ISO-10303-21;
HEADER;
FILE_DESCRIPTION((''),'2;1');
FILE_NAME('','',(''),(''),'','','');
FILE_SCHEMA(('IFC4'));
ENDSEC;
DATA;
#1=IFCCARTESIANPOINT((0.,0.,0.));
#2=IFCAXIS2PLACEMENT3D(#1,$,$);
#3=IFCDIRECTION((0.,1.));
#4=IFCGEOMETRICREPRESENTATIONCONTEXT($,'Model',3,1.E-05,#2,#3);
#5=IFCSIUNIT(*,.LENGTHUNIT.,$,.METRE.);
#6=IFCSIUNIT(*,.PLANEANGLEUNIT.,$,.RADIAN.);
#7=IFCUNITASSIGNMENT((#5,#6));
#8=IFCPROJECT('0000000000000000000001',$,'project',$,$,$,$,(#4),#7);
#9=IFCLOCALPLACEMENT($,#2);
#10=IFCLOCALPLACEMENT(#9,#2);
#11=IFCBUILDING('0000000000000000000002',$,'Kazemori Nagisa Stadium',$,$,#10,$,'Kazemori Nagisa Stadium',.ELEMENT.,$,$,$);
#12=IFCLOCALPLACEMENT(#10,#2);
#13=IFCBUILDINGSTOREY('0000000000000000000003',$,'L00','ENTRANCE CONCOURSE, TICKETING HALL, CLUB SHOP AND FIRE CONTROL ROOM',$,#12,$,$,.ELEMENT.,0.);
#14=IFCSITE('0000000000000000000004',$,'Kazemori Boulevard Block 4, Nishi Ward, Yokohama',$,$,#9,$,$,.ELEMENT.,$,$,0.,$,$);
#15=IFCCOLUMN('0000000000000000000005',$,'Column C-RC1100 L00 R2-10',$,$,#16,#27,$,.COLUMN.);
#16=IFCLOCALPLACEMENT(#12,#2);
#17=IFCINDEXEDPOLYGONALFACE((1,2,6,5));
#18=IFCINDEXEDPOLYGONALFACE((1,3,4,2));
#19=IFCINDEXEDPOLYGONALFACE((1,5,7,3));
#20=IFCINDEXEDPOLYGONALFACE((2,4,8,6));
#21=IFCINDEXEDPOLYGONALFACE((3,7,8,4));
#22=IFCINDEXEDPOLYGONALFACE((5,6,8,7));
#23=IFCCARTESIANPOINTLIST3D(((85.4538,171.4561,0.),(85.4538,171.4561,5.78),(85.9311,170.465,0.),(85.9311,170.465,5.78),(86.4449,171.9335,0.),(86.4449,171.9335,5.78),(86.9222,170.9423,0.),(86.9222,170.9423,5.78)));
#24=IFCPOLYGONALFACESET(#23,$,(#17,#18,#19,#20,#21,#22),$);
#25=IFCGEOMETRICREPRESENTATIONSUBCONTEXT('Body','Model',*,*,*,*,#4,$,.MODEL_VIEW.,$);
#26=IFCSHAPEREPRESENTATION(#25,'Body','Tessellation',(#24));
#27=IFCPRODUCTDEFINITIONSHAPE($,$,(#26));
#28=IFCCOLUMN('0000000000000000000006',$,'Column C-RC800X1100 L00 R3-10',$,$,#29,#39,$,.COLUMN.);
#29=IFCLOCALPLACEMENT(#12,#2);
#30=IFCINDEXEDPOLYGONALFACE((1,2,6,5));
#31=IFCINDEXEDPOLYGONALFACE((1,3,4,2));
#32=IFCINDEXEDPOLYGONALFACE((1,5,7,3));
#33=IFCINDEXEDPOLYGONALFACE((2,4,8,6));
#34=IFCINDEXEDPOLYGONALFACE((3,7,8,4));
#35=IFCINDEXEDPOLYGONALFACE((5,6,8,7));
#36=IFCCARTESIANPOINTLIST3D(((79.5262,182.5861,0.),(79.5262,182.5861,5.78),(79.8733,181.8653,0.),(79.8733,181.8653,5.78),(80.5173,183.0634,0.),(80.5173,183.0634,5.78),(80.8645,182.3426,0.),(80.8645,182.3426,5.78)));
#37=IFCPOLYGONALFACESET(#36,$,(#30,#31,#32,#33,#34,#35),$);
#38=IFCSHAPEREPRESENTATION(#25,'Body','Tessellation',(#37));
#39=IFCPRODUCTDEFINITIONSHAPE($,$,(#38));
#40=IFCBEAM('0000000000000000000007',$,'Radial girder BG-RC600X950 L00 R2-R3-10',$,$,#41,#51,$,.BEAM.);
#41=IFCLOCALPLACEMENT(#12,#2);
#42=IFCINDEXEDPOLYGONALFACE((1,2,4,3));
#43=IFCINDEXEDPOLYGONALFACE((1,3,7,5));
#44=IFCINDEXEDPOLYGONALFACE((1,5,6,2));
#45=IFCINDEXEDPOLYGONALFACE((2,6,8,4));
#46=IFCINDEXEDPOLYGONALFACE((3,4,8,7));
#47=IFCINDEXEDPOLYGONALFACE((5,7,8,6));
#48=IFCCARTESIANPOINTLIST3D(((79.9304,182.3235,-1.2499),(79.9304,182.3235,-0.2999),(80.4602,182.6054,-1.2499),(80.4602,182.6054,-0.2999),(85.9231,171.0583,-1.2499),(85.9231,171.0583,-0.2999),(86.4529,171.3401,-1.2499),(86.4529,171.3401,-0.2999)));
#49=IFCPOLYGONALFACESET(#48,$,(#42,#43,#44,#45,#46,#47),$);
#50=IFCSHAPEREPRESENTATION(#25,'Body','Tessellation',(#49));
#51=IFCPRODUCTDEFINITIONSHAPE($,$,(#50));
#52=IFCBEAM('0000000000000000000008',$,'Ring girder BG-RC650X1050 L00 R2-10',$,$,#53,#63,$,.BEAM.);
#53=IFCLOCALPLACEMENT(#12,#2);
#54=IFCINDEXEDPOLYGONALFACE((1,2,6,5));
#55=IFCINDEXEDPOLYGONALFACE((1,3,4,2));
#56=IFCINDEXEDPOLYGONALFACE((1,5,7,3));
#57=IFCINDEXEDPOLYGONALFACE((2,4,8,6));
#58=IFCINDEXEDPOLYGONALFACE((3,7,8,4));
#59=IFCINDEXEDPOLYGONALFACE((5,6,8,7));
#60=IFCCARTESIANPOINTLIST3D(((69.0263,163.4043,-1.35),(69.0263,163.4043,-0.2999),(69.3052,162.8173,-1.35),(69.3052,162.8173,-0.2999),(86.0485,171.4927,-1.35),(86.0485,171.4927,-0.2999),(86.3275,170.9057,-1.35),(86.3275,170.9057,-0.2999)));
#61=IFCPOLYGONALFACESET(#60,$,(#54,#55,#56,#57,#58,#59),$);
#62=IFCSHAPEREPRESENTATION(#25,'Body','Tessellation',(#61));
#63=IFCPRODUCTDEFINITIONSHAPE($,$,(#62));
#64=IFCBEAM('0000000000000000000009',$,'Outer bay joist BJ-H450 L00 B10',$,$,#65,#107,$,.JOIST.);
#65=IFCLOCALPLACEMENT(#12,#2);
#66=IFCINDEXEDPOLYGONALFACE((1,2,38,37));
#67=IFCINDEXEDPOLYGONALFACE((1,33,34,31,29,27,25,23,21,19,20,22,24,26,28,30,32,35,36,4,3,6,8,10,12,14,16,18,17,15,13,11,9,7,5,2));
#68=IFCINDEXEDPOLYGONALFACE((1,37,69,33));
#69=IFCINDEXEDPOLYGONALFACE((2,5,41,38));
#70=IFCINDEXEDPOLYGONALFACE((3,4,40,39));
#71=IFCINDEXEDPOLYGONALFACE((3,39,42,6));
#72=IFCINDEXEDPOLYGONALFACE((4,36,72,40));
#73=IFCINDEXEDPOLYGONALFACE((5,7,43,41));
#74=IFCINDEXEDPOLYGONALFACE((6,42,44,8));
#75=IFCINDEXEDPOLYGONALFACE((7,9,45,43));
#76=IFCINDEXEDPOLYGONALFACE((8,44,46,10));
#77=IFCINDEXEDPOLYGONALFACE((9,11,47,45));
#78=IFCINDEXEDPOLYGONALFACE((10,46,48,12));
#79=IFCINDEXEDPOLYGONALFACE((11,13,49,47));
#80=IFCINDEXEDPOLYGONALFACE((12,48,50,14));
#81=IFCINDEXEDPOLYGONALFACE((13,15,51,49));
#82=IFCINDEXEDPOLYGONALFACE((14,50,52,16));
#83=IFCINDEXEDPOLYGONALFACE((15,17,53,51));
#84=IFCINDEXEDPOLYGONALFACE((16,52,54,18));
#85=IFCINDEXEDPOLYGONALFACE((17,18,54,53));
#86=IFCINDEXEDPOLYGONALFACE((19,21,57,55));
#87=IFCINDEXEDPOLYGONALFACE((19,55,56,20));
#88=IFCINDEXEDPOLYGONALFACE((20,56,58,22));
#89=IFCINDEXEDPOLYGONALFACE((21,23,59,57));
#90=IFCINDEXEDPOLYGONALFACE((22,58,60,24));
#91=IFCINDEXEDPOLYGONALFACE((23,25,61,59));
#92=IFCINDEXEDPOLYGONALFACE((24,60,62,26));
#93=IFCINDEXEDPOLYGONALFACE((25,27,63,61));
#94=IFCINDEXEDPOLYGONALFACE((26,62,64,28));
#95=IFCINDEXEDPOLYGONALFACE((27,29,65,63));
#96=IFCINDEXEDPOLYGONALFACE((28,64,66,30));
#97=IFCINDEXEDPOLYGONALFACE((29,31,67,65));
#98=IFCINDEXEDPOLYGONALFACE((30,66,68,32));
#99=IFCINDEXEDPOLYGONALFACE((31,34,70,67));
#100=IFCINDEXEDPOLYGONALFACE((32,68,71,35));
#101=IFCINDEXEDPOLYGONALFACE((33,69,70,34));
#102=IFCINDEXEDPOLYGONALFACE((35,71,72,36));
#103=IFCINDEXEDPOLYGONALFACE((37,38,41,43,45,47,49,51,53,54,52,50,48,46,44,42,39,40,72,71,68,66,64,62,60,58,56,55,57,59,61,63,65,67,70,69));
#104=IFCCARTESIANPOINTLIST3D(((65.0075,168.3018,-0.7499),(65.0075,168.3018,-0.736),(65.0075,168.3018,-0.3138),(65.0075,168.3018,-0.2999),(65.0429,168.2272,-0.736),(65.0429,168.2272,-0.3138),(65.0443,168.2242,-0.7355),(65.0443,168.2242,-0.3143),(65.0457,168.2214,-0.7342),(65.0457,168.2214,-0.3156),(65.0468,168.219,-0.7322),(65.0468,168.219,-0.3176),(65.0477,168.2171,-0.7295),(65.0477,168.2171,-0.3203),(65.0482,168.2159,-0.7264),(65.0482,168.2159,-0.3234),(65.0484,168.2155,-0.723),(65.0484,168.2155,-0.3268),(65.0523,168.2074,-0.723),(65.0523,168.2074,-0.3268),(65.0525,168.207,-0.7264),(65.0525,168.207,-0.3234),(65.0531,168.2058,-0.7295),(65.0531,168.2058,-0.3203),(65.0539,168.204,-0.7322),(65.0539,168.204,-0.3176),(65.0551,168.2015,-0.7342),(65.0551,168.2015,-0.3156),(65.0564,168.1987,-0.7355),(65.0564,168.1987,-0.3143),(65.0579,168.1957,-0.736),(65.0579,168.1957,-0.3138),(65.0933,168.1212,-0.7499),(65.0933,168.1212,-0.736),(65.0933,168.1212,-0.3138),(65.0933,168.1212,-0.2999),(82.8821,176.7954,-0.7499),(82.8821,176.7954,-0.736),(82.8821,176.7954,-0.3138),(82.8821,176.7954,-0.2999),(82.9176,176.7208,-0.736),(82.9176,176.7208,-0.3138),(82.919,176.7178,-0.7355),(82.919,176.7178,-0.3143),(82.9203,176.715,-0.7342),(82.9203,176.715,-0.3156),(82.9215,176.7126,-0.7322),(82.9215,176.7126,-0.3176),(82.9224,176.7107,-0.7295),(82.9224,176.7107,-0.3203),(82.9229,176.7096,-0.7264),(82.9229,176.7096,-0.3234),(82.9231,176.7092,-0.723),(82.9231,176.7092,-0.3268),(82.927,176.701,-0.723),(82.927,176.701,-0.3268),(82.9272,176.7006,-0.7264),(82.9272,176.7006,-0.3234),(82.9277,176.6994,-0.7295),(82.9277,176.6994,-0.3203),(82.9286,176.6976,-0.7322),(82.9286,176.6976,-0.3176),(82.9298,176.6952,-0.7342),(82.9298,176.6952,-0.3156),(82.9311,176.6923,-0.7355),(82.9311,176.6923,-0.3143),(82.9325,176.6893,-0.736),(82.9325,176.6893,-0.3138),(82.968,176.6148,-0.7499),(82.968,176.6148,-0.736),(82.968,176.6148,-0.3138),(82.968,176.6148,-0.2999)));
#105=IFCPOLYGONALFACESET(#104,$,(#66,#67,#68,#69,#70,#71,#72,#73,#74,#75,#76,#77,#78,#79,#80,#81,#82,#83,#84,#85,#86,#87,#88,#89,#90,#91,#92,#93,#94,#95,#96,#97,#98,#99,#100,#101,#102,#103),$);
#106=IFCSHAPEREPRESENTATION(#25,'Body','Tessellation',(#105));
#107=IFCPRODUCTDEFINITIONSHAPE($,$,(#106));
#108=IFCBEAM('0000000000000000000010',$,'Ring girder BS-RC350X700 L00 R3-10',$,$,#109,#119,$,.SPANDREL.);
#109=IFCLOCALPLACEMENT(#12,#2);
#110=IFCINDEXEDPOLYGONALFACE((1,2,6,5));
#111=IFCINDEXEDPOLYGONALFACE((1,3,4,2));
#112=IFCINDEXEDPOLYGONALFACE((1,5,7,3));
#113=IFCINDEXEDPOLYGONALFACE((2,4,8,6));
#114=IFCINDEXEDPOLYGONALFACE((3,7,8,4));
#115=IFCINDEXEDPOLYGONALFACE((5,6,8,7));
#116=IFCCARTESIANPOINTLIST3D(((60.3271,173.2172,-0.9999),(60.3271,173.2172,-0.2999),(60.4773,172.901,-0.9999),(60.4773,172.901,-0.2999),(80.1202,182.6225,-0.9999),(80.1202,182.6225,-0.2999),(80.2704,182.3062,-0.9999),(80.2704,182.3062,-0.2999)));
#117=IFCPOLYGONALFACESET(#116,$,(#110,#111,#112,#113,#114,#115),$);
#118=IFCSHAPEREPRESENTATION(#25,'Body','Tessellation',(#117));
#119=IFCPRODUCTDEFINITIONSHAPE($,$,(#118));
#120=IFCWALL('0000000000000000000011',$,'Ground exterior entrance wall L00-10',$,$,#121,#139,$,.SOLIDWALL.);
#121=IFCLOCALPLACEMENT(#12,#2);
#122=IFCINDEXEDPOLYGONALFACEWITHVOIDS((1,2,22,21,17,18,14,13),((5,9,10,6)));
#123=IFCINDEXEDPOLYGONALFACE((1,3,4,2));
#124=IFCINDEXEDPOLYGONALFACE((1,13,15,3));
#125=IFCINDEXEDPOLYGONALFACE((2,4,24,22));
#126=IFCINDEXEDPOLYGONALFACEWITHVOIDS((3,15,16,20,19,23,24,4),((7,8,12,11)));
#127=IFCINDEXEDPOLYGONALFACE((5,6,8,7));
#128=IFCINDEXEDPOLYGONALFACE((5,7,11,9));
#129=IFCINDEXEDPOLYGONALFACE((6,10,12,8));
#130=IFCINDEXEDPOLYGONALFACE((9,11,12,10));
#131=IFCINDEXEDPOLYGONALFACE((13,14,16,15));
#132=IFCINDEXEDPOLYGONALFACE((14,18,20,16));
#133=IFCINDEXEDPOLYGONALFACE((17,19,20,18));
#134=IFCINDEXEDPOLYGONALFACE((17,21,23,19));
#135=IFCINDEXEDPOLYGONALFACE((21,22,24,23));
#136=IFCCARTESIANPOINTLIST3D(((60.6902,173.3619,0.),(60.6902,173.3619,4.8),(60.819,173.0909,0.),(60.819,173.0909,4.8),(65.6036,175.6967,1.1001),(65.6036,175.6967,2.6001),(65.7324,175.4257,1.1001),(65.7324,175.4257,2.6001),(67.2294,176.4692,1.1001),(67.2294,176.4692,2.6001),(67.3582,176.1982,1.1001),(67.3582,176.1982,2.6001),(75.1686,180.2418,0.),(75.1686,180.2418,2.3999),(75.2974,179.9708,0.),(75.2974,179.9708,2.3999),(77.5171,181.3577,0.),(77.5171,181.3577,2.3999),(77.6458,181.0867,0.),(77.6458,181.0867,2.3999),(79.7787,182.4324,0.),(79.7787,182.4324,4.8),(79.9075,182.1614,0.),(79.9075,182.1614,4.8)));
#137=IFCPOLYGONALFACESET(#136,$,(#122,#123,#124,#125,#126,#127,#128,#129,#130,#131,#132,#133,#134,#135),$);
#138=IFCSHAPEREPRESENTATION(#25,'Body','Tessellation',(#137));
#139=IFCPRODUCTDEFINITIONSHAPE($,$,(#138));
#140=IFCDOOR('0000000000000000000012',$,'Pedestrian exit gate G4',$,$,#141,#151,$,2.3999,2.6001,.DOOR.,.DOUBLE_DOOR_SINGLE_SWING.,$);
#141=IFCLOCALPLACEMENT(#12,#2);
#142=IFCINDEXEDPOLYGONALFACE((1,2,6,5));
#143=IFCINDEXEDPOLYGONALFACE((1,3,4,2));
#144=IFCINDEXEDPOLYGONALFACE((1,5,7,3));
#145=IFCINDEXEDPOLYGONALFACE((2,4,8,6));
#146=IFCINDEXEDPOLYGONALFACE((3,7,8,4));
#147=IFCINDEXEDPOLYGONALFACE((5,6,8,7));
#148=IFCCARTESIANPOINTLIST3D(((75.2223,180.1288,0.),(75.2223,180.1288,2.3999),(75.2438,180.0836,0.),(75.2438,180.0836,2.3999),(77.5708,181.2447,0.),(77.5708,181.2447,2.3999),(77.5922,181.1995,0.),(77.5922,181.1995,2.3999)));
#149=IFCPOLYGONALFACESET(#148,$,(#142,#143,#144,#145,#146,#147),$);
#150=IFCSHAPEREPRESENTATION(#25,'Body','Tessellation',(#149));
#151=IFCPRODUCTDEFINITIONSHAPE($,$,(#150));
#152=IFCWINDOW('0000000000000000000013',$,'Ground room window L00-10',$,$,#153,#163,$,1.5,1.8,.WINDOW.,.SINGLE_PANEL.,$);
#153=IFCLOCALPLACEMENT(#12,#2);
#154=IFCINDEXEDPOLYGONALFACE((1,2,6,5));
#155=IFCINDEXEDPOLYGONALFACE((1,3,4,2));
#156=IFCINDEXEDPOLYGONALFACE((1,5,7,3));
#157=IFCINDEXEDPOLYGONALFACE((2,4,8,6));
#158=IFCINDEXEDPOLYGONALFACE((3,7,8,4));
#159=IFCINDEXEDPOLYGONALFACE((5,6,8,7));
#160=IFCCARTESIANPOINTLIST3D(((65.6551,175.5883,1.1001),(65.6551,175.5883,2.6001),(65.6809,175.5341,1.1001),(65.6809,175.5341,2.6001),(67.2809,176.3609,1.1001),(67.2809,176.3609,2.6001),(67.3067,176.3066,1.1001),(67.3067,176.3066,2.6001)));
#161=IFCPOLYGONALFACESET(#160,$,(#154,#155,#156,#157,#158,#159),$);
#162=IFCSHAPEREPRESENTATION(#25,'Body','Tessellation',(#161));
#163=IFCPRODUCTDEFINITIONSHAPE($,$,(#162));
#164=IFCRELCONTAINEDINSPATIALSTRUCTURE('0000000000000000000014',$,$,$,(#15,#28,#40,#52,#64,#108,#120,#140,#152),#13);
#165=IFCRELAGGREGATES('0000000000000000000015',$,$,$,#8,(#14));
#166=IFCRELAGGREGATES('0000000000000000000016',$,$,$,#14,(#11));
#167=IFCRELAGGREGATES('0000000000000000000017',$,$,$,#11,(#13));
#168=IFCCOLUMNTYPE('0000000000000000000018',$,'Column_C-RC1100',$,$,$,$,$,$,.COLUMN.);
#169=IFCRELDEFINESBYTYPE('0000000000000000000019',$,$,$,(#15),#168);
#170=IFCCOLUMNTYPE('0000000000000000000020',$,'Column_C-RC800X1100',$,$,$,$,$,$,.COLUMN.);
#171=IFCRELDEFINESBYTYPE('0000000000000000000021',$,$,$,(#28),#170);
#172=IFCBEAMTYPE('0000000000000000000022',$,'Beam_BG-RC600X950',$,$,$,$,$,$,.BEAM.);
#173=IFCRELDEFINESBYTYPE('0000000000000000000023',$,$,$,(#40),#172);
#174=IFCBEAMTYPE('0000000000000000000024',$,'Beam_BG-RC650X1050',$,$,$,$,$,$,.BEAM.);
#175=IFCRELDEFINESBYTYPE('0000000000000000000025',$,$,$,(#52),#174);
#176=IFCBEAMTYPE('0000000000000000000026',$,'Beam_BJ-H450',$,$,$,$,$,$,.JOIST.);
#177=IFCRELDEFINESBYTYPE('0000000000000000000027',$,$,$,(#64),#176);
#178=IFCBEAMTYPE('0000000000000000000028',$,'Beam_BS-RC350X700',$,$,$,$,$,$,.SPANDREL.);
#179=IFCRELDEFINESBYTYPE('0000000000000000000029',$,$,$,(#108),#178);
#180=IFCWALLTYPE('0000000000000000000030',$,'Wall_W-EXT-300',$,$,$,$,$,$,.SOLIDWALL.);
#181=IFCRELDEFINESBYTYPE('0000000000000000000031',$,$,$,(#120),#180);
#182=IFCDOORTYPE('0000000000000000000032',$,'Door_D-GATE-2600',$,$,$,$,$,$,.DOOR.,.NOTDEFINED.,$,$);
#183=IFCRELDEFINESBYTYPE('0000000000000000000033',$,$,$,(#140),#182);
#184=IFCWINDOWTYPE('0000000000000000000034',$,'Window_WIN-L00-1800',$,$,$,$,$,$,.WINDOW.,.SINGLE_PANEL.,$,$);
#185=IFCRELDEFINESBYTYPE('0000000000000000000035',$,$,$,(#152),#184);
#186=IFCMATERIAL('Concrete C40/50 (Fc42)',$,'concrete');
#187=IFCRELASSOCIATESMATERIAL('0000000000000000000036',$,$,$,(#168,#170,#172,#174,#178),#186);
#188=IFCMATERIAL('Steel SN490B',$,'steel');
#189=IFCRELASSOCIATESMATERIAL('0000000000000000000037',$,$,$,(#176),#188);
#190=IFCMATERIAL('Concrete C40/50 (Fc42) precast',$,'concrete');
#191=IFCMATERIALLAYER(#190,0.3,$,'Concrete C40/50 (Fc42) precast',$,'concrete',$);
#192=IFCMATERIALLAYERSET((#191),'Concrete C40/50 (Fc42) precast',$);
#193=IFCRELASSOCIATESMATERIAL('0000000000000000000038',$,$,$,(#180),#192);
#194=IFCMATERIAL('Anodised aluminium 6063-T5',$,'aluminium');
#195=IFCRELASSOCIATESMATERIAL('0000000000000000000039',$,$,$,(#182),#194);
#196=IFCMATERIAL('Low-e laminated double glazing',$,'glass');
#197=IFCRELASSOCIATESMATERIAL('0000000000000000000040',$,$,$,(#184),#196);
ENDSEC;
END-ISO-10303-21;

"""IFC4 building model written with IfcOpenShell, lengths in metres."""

from ifc_helpers import new_model, si_unit, direction, frame, frame_2d, origin, origin_2d, place, context, subcontext, project, spatial, rectangle, i_section, extrude, material, layer, layer_set, material_profile, profile_set, type_object, element, fill, save


model = new_model("IFC4")

# Units and contexts
model_context = context("Model", 3, precision=1e-05, world=origin(), true_north=direction((0.0, 1.0)))
body_context = subcontext(model_context, "Body", "Model", "MODEL_VIEW")
ifc_project = project(units=[si_unit("LENGTHUNIT", "METRE"), si_unit("PLANEANGLEUNIT", "RADIAN")], contexts=[model_context])

# Site, building, storey
site_placement = place(None, origin())
site = spatial("IfcSite", under=ifc_project, at=site_placement, Name="Kazemori Boulevard Block 4, Nishi Ward, Yokohama", CompositionType="ELEMENT", RefElevation=0.0)
building_placement = place(site_placement, origin())
building = spatial("IfcBuilding", under=site, at=building_placement, Name="Kazemori Nagisa Stadium", LongName="Kazemori Nagisa Stadium", CompositionType="ELEMENT")
storey_placement = place(building_placement, origin())
storey = spatial("IfcBuildingStorey", under=building, at=storey_placement, Name="L00", Description="ENTRANCE CONCOURSE, TICKETING HALL, CLUB SHOP AND FIRE CONTROL ROOM", CompositionType="ELEMENT", Elevation=0.0)

# Columns
ifc_material_1 = material(Name="Concrete C40/50 (Fc42)", Category="concrete")
ifc_material_profile_1 = material_profile(ifc_material_1, rectangle(XDim=1.1001, YDim=1.1001, at=origin_2d()), Name="RC-COL-1100x1100")
ifc_profile_set_1 = profile_set([ifc_material_profile_1], Name="Concrete C40/50 (Fc42)")
column_type_1 = type_object("IfcColumnType", Name="Column_C-RC1100", PredefinedType="COLUMN", material=ifc_profile_set_1)
column_1_placement = place(storey_placement, frame((86.188, 171.1992, 0.0), z_axis=(0.0, 0.0, 1.0), x_axis=(-0.433884, 0.900969, 0.0)))
element("IfcColumn", 1, at=column_1_placement, inside=storey, type_object=column_type_1, Name="Column C-RC1100 L00 R2-10", PredefinedType="COLUMN", context=body_context, shape_type="SweptSolid", body=[
    extrude(rectangle(XDim=1.1001, YDim=1.1001, at=origin_2d()), origin(), (0.0, 0.0, 1.0), 5.78),
])
ifc_material_profile_2 = material_profile(ifc_material_1, rectangle(XDim=0.8, YDim=1.1001, at=origin_2d()), Name="RC-COL-800x1100")
ifc_profile_set_2 = profile_set([ifc_material_profile_2], Name="Concrete C40/50 (Fc42)")
column_type_2 = type_object("IfcColumnType", Name="Column_C-RC800X1100", PredefinedType="COLUMN", material=ifc_profile_set_2)
column_2_placement = place(storey_placement, frame((80.1953, 182.4644, 0.0), z_axis=(0.0, 0.0, 1.0), x_axis=(-0.433884, 0.900969, 0.0)))
element("IfcColumn", 2, at=column_2_placement, inside=storey, type_object=column_type_2, Name="Column C-RC800X1100 L00 R3-10", PredefinedType="COLUMN", context=body_context, shape_type="SweptSolid", body=[
    extrude(rectangle(XDim=0.8, YDim=1.1001, at=origin_2d()), origin(), (0.0, 0.0, 1.0), 5.78),
])

# Beams
ifc_material_profile_3 = material_profile(ifc_material_1, rectangle(XDim=0.6001, YDim=0.95, at=origin_2d()), Name="RC-BM-600x950")
ifc_profile_set_3 = profile_set([ifc_material_profile_3], Name="Concrete C40/50 (Fc42)")
beam_type_1 = type_object("IfcBeamType", Name="Beam_BG-RC600X950", PredefinedType="BEAM", material=ifc_profile_set_3)
beam_1_placement = place(storey_placement, frame((86.188, 171.1992, -0.7749), z_axis=(-0.469649, 0.882853, 0.0), x_axis=(-0.882853, -0.469649, 0.0)))
element("IfcBeam", 3, at=beam_1_placement, inside=storey, type_object=beam_type_1, Name="Radial girder BG-RC600X950 L00 R2-R3-10", PredefinedType="BEAM", context=body_context, shape_type="SweptSolid", body=[
    extrude(rectangle(XDim=0.6001, YDim=0.95, at=origin_2d()), origin(), (0.0, 0.0, 1.0), 12.76),
])
ifc_material_profile_4 = material_profile(ifc_material_1, rectangle(XDim=0.6499, YDim=1.05, at=origin_2d()), Name="RC-BM-650x1050")
ifc_profile_set_4 = profile_set([ifc_material_profile_4], Name="Concrete C40/50 (Fc42)")
beam_type_2 = type_object("IfcBeamType", Name="Beam_BG-RC650X1050", PredefinedType="BEAM", material=ifc_profile_set_4)
beam_2_placement = place(storey_placement, frame((86.188, 171.1992, -0.825), z_axis=(-0.903219, -0.429179, 0.0), x_axis=(0.429179, -0.903219, 0.0)))
element("IfcBeam", 4, at=beam_2_placement, inside=storey, type_object=beam_type_2, Name="Ring girder BG-RC650X1050 L00 R2-10", PredefinedType="BEAM", context=body_context, shape_type="SweptSolid", body=[
    extrude(rectangle(XDim=0.6499, YDim=1.05, at=origin_2d()), origin(), (0.0, 0.0, 1.0), 18.8462),
])
ifc_material_2 = material(Name="Steel SN490B", Category="steel")
ifc_material_profile_5 = material_profile(ifc_material_2, i_section(OverallWidth=0.2, OverallDepth=0.45, WebThickness=0.009, FlangeThickness=0.0139, FilletRadius=0.0129, at=origin_2d()), Name="H-450x200x9x14")
ifc_profile_set_5 = profile_set([ifc_material_profile_5], Name="Steel SN490B")
beam_type_3 = type_object("IfcBeamType", Name="Beam_BJ-H450", PredefinedType="JOIST", material=ifc_profile_set_5)
beam_3_placement = place(storey_placement, frame((82.925, 176.7051, -0.5249), z_axis=(-0.903216, -0.429186, 0.0), x_axis=(0.429186, -0.903216, 0.0)))
element("IfcBeam", 5, at=beam_3_placement, inside=storey, type_object=beam_type_3, Name="Outer bay joist BJ-H450 L00 B10", PredefinedType="JOIST", context=body_context, shape_type="SweptSolid", body=[
    extrude(i_section(OverallWidth=0.2, OverallDepth=0.45, WebThickness=0.009, FlangeThickness=0.0139, FilletRadius=0.0129, at=origin_2d()), origin(), (0.0, 0.0, 1.0), 19.79),
])
ifc_material_profile_6 = material_profile(ifc_material_1, rectangle(XDim=0.3501, YDim=0.7, at=origin_2d()), Name="RC-SP-350x700")
ifc_profile_set_6 = profile_set([ifc_material_profile_6], Name="Concrete C40/50 (Fc42)")
beam_type_4 = type_object("IfcBeamType", Name="Beam_BS-RC350X700", PredefinedType="SPANDREL", material=ifc_profile_set_6)
beam_4_placement = place(storey_placement, frame((80.1953, 182.4644, -0.6499), z_axis=(-0.903216, -0.429187, 0.0), x_axis=(0.429187, -0.903216, 0.0)))
element("IfcBeam", 6, at=beam_4_placement, inside=storey, type_object=beam_type_4, Name="Ring girder BS-RC350X700 L00 R3-10", PredefinedType="SPANDREL", context=body_context, shape_type="SweptSolid", body=[
    extrude(rectangle(XDim=0.3501, YDim=0.7, at=origin_2d()), origin(), (0.0, 0.0, 1.0), 21.9141),
])

# Wall, openings, door, window
ifc_material_3 = material(Name="Concrete C40/50 (Fc42) precast", Category="concrete")
ifc_layer_1 = layer(ifc_material_3, 0.3, Name="Concrete C40/50 (Fc42) precast", Category="concrete")
ifc_layer_set_1 = layer_set([ifc_layer_1], Name="Concrete C40/50 (Fc42) precast")
wall_type_1 = type_object("IfcWallType", Name="Wall_W-EXT-300", PredefinedType="SOLIDWALL", material=ifc_layer_set_1)
wall_1_placement = place(storey_placement, frame((79.843, 182.2969, 0.0), z_axis=(0.0, 0.0, 1.0), x_axis=(-0.903214, -0.42919, 0.0)))
wall_1 = element("IfcWall", 7, at=wall_1_placement, inside=storey, type_object=wall_type_1, Name="Ground exterior entrance wall L00-10", PredefinedType="SOLIDWALL", context=body_context, shape_type="SweptSolid", body=[
    extrude(rectangle(XDim=21.134, YDim=0.3, at=frame_2d((10.5669, 0.0))), origin(), (0.0, 0.0, 1.0), 4.8),
])
opening_1_placement = place(wall_1_placement, frame((2.5039, 0.0, 0.0)))
opening_1 = element("IfcOpeningElement", 8, at=opening_1_placement, cuts=wall_1, PredefinedType="OPENING", context=body_context, shape_type="SweptSolid", body=[
    extrude(rectangle(XDim=2.6001, YDim=2.3999, at=frame_2d((1.3, 1.2))), frame((0.0, 0.1599, 0.0), z_axis=(0.0, -1.0, 0.0), x_axis=(1.0, 0.0, 0.0)), (0.0, 0.0, 1.0), 0.3201),
])
opening_2_placement = place(wall_1_placement, frame((13.894, 0.0, 1.1001)))
opening_2 = element("IfcOpeningElement", 9, at=opening_2_placement, cuts=wall_1, PredefinedType="OPENING", context=body_context, shape_type="SweptSolid", body=[
    extrude(rectangle(XDim=1.8, YDim=1.5, at=frame_2d((0.8999, 0.75))), frame((0.0, 0.1599, 0.0), z_axis=(0.0, -1.0, 0.0), x_axis=(1.0, 0.0, 0.0)), (0.0, 0.0, 1.0), 0.3201),
])
ifc_material_4 = material(Name="Anodised aluminium 6063-T5", Category="aluminium")
door_type_1 = type_object("IfcDoorType", Name="Door_D-GATE-2600", OperationType="NOTDEFINED", PredefinedType="DOOR", material=ifc_material_4)
door_1_placement = place(opening_1_placement, frame((2.6001, 0.0, 0.0), z_axis=(0.0, 0.0, 1.0), x_axis=(-1.0, 0.0, 0.0)))
door_1 = element("IfcDoor", 10, at=door_1_placement, inside=storey, type_object=door_type_1, Name="Pedestrian exit gate G4", OperationType="DOUBLE_DOOR_SINGLE_SWING", OverallHeight=2.3999, OverallWidth=2.6001, PredefinedType="DOOR", context=body_context, shape_type="SweptSolid", body=[
    extrude(rectangle(XDim=2.6001, YDim=2.3999, at=frame_2d((1.3, 1.2))), frame((0.0, 0.0249, 0.0), z_axis=(0.0, -1.0, 0.0), x_axis=(1.0, 0.0, 0.0)), (0.0, 0.0, 1.0), 0.05),
])
fill(opening_1, door_1)
ifc_material_5 = material(Name="Low-e laminated double glazing", Category="glass")
window_type = type_object("IfcWindowType", Name="Window_WIN-L00-1800", PartitioningType="SINGLE_PANEL", PredefinedType="WINDOW", material=ifc_material_5)
window_placement = place(opening_2_placement, origin())
window = element("IfcWindow", 11, at=window_placement, inside=storey, type_object=window_type, Name="Ground room window L00-10", OverallHeight=1.5, OverallWidth=1.8, PartitioningType="SINGLE_PANEL", PredefinedType="WINDOW", context=body_context, shape_type="SweptSolid", body=[
    extrude(rectangle(XDim=1.8, YDim=1.5, at=frame_2d((0.8999, 0.75))), frame((0.0, 0.03, 0.0), z_axis=(0.0, -1.0, 0.0), x_axis=(1.0, 0.0, 0.0)), (0.0, 0.0, 1.0), 0.0601),
])
fill(opening_2, window)

save(model, "model.ifc")
